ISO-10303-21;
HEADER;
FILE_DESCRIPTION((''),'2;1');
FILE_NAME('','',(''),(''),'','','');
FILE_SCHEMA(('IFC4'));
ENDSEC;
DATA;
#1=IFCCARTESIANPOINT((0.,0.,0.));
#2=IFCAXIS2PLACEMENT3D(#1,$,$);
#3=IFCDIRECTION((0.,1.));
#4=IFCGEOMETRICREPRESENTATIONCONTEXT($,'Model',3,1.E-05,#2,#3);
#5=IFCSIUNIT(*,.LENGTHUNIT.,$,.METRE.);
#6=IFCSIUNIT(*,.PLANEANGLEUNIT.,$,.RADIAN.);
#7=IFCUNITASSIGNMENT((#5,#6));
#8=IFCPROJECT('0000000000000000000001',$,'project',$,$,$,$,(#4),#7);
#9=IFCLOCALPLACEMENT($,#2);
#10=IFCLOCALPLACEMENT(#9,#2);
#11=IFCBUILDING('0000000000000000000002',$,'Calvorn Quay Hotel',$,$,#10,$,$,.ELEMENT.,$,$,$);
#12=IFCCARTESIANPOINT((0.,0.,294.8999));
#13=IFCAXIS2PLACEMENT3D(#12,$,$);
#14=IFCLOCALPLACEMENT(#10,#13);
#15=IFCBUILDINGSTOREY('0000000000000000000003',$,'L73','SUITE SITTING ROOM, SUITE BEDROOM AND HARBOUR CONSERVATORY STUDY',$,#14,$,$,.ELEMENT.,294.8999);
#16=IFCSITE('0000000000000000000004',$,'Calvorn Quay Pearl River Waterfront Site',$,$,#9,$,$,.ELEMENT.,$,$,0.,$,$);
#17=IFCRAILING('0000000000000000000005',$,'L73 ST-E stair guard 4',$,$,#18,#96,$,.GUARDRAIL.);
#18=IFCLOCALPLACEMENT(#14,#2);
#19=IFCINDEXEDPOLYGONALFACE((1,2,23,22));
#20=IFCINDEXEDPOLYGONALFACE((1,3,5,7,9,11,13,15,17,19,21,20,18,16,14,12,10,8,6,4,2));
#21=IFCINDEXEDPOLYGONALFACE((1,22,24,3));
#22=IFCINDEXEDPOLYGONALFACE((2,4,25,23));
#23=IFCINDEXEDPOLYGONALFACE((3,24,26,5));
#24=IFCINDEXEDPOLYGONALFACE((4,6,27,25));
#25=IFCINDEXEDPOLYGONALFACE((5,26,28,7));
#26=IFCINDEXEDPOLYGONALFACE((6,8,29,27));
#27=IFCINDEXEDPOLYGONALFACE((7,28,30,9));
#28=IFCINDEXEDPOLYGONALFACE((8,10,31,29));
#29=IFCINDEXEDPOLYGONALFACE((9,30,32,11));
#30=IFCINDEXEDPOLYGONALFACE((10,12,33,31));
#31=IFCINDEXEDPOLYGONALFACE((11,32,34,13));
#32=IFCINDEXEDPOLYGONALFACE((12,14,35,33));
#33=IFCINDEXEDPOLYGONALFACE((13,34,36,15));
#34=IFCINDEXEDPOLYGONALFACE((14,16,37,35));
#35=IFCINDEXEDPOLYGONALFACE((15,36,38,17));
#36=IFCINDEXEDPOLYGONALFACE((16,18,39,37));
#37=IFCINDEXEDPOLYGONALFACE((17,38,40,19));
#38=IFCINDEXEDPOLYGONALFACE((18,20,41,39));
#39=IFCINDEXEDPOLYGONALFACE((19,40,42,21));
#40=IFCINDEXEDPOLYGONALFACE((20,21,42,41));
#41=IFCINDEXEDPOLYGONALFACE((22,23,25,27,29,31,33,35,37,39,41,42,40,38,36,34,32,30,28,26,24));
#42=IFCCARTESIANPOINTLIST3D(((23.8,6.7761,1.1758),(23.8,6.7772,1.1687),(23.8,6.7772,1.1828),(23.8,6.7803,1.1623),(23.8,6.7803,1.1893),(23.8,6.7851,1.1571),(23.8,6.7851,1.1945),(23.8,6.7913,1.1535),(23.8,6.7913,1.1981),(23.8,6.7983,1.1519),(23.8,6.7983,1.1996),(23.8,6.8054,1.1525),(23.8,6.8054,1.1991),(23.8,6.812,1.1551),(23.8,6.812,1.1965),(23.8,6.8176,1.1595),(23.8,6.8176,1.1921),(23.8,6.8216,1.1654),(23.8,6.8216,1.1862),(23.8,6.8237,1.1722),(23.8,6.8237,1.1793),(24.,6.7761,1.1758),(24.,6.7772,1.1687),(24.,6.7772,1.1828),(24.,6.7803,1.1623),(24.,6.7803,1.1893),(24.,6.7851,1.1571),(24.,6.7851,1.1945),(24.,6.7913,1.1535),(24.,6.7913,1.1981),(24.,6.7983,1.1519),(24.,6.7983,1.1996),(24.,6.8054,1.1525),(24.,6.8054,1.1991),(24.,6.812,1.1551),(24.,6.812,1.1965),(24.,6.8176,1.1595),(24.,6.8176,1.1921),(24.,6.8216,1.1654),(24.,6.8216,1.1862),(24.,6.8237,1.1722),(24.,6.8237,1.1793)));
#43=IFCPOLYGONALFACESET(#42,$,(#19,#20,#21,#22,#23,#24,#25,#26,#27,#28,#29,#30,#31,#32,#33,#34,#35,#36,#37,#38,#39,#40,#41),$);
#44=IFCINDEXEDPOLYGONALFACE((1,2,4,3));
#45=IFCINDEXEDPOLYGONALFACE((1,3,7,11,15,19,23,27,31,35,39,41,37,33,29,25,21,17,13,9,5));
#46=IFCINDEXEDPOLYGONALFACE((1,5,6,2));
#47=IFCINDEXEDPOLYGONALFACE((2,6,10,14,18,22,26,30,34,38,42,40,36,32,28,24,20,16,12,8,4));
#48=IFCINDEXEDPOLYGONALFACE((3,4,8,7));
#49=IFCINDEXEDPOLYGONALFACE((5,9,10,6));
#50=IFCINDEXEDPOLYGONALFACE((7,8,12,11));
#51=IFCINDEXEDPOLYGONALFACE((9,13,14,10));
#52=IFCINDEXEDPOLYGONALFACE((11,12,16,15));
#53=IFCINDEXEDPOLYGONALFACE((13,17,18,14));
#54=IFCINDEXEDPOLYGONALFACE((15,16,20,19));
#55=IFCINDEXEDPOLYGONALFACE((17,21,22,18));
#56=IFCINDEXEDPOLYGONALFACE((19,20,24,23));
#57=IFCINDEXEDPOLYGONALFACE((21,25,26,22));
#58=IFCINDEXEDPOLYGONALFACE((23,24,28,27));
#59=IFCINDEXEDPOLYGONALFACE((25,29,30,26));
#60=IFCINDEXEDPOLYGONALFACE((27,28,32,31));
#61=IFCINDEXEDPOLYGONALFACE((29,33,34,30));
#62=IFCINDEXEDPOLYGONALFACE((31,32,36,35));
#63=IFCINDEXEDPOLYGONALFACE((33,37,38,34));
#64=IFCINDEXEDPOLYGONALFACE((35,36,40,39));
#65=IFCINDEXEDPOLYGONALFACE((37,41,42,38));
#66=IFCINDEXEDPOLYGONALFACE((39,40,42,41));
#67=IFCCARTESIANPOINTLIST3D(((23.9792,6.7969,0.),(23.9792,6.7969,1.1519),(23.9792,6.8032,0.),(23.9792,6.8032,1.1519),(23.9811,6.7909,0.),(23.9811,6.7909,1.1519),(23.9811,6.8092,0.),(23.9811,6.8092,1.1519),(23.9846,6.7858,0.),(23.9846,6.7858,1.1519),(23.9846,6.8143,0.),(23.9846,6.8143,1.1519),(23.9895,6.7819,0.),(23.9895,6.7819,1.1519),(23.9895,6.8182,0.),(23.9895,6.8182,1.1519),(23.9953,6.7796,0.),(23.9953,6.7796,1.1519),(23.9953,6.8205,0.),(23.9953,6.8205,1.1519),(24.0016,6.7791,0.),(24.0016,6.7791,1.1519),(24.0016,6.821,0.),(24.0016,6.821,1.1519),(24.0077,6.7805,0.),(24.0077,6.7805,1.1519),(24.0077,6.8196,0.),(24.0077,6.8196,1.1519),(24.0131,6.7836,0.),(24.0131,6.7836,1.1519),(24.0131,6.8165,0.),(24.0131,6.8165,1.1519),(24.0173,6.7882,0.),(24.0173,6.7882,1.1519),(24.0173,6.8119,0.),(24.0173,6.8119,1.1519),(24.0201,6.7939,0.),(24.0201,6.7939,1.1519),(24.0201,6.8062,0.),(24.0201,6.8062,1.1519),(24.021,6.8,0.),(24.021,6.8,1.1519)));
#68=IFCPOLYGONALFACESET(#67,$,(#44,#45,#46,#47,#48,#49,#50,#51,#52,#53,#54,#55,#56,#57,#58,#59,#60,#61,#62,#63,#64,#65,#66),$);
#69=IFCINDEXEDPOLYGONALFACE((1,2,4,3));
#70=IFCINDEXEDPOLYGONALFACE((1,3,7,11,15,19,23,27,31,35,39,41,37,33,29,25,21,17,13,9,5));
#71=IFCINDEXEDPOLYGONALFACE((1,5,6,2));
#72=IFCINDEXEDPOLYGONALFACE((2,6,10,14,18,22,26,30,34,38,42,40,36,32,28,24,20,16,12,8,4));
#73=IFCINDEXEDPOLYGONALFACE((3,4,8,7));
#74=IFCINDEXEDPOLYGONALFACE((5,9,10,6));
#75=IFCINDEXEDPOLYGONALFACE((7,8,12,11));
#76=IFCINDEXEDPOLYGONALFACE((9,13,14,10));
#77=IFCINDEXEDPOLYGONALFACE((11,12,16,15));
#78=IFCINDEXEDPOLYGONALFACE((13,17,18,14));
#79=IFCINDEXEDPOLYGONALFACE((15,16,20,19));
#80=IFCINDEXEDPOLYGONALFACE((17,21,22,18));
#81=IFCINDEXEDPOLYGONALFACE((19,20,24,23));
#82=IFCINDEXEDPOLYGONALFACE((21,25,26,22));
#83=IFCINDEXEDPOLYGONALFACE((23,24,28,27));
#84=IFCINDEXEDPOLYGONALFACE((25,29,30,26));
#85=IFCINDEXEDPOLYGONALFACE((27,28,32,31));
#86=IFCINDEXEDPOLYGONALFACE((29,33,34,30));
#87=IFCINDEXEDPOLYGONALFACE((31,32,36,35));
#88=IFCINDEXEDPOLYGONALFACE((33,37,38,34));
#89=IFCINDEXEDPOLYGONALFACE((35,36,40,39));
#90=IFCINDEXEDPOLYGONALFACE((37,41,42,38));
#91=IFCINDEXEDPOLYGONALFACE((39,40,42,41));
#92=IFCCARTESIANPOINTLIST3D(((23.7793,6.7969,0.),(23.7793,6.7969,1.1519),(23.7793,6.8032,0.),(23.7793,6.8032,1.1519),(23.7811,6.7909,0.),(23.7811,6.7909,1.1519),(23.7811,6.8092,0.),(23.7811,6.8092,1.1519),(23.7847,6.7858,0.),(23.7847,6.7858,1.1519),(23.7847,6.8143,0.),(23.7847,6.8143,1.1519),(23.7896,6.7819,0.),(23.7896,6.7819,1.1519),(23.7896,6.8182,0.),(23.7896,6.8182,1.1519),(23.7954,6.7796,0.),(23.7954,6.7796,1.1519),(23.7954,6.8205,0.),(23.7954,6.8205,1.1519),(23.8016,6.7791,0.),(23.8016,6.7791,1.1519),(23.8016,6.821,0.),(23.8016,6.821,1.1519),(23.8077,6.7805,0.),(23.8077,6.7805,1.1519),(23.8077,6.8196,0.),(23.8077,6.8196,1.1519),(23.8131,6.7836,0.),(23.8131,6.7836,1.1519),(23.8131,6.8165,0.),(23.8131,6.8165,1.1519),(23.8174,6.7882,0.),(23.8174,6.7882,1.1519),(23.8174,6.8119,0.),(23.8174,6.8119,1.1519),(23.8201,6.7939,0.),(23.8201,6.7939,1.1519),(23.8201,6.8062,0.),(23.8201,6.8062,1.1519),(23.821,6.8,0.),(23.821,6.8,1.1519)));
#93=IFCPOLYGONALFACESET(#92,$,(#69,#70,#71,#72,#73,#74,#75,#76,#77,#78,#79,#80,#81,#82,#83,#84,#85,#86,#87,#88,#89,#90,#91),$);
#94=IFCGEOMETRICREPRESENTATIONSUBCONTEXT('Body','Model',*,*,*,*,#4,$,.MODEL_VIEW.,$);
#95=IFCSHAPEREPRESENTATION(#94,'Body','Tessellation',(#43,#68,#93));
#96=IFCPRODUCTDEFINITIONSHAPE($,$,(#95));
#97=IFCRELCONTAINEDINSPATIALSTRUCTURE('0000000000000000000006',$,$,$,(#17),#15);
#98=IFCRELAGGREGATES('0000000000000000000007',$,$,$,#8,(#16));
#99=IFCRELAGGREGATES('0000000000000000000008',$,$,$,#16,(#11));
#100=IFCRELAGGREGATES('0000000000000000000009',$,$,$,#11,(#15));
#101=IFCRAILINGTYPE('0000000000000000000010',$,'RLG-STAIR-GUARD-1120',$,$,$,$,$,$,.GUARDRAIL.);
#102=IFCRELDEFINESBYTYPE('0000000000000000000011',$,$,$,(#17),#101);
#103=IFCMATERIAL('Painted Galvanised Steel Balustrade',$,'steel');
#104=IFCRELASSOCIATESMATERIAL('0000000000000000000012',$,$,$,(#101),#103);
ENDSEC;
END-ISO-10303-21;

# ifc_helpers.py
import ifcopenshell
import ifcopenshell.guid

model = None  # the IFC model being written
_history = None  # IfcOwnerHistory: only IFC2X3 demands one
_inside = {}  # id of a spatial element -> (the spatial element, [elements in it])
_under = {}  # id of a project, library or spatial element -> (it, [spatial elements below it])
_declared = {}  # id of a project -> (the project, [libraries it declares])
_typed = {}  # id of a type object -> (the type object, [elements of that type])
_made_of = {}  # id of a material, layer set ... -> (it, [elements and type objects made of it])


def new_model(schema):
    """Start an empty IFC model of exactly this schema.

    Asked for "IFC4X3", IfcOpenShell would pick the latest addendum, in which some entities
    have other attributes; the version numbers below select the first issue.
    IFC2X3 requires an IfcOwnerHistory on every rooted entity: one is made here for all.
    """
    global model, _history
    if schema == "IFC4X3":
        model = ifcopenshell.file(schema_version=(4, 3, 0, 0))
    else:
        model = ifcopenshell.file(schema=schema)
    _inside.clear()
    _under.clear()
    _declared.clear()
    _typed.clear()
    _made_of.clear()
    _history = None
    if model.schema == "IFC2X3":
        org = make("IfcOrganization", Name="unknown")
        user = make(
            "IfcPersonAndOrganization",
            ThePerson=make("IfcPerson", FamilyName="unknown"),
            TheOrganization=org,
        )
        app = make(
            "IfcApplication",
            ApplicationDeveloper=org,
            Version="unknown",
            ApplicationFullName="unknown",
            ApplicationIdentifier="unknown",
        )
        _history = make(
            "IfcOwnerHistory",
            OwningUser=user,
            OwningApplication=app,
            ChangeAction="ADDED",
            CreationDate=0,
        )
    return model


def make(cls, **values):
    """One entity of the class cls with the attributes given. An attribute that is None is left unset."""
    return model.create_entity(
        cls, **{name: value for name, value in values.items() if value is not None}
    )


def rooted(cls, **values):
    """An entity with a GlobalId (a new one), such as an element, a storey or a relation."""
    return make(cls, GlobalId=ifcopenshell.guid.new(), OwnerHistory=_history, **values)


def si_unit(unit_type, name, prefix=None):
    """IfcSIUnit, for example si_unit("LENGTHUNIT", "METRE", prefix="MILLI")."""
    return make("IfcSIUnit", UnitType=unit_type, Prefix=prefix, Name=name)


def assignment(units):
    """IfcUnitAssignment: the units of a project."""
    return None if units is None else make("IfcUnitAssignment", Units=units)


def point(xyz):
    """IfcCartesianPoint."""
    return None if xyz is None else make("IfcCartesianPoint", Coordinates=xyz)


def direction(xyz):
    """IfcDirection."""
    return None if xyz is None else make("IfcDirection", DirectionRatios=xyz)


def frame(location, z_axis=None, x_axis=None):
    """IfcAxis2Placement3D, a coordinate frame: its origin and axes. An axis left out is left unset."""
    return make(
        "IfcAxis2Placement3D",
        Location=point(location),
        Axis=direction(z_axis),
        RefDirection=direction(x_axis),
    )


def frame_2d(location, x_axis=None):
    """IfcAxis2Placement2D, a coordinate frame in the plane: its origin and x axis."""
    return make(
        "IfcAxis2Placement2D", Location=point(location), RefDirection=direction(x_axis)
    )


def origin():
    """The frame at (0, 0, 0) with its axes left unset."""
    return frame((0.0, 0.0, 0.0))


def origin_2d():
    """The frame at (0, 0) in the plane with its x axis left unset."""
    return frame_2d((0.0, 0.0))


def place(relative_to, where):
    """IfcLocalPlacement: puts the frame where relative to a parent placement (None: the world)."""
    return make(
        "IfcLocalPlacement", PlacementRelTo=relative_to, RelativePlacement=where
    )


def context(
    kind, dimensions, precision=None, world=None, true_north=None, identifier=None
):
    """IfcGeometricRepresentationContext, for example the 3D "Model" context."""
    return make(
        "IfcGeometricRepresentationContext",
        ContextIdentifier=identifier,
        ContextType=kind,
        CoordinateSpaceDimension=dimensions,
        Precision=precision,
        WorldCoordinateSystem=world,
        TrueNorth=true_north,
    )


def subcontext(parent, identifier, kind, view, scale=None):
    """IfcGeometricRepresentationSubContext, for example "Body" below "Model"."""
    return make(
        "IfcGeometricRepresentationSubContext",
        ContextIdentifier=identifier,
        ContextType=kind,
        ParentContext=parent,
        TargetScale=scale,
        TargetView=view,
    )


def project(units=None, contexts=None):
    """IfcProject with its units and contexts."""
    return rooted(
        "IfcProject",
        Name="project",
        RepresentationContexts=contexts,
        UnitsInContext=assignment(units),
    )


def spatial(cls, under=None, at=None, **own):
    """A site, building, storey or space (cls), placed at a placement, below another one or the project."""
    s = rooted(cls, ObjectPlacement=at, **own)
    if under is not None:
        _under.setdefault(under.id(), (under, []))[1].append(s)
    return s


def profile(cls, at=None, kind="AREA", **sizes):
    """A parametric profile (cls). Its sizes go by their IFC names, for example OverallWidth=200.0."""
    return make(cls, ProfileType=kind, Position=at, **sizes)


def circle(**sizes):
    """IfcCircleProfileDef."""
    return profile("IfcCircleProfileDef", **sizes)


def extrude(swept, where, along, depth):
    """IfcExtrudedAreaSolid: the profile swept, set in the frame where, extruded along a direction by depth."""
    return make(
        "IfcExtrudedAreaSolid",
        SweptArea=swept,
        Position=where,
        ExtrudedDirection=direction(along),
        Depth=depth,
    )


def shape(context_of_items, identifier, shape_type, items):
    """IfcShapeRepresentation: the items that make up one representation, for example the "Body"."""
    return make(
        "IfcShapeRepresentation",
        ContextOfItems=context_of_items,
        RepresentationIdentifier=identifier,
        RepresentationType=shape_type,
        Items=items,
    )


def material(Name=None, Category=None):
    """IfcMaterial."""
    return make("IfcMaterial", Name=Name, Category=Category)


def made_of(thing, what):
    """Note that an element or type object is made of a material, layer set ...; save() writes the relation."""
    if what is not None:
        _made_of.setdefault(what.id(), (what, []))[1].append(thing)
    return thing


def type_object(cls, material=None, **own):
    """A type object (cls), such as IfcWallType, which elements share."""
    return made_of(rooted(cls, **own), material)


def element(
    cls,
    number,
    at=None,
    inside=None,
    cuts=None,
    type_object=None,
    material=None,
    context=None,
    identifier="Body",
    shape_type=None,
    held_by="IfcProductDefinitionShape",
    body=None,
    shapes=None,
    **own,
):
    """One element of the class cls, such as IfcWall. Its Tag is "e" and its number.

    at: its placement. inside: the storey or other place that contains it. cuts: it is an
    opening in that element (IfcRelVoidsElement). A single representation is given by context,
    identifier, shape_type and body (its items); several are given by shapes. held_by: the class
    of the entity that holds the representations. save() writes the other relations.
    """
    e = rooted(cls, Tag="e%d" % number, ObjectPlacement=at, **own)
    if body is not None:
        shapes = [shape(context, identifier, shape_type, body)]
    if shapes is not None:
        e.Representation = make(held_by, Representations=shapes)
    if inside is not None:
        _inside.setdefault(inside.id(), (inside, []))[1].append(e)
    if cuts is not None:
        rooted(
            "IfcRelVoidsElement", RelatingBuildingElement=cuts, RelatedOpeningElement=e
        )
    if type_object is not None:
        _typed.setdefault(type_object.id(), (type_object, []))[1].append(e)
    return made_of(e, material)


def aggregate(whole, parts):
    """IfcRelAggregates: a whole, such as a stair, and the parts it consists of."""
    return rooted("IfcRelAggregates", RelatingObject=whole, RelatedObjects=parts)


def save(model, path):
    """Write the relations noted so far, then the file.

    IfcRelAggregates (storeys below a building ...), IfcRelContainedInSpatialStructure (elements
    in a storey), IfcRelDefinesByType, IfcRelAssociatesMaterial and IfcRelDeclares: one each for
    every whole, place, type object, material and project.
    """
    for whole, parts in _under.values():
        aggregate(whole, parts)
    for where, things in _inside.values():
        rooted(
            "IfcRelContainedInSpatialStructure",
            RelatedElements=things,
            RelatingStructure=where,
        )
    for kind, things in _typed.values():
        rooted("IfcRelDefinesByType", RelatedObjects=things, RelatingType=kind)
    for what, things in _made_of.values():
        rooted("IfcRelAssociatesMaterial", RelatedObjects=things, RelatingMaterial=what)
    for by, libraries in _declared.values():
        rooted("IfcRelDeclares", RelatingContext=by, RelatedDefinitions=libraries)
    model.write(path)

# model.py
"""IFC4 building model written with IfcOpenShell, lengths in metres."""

from ifc_helpers import new_model, si_unit, direction, frame, origin, origin_2d, place, context, subcontext, project, spatial, circle, extrude, material, type_object, element, save


model = new_model("IFC4")

# Units and contexts
model_context = context("Model", 3, precision=1e-05, world=origin(), true_north=direction((0.0, 1.0)))
body_context = subcontext(model_context, "Body", "Model", "MODEL_VIEW")
ifc_project = project(units=[si_unit("LENGTHUNIT", "METRE"), si_unit("PLANEANGLEUNIT", "RADIAN")], contexts=[model_context])

# Site, building, storey
site_placement = place(None, origin())
site = spatial("IfcSite", under=ifc_project, at=site_placement, Name="Calvorn Quay Pearl River Waterfront Site", CompositionType="ELEMENT", RefElevation=0.0)
building_placement = place(site_placement, origin())
building = spatial("IfcBuilding", under=site, at=building_placement, Name="Calvorn Quay Hotel", CompositionType="ELEMENT")
storey_placement = place(building_placement, frame((0.0, 0.0, 294.8999)))
storey = spatial("IfcBuildingStorey", under=building, at=storey_placement, Name="L73", Description="SUITE SITTING ROOM, SUITE BEDROOM AND HARBOUR CONSERVATORY STUDY", CompositionType="ELEMENT", Elevation=294.8999)

# Railing
ifc_material_1 = material(Name="Painted Galvanised Steel Balustrade", Category="steel")
railing_type_1 = type_object("IfcRailingType", Name="RLG-STAIR-GUARD-1120", PredefinedType="GUARDRAIL", material=ifc_material_1)
railing_1_placement = place(storey_placement, frame((24.0, 6.8, 0.0)))
element("IfcRailing", 1, at=railing_1_placement, inside=storey, type_object=railing_type_1, Name="L73 ST-E stair guard 4", PredefinedType="GUARDRAIL", context=body_context, shape_type="SweptSolid", body=[
    extrude(circle(Radius=0.0239, at=origin_2d()), frame((0.0, 0.0, 1.1758), z_axis=(-1.0, 0.0, 0.0), x_axis=(0.0, -1.0, 0.0)), (0.0, 0.0, 1.0), 0.2),
    extrude(circle(Radius=0.021, at=origin_2d()), origin(), (0.0, 0.0, 1.0), 1.1519),
    extrude(circle(Radius=0.021, at=origin_2d()), frame((-0.2, 0.0, 0.0)), (0.0, 0.0, 1.0), 1.1519),
])

save(model, "model.ifc")
